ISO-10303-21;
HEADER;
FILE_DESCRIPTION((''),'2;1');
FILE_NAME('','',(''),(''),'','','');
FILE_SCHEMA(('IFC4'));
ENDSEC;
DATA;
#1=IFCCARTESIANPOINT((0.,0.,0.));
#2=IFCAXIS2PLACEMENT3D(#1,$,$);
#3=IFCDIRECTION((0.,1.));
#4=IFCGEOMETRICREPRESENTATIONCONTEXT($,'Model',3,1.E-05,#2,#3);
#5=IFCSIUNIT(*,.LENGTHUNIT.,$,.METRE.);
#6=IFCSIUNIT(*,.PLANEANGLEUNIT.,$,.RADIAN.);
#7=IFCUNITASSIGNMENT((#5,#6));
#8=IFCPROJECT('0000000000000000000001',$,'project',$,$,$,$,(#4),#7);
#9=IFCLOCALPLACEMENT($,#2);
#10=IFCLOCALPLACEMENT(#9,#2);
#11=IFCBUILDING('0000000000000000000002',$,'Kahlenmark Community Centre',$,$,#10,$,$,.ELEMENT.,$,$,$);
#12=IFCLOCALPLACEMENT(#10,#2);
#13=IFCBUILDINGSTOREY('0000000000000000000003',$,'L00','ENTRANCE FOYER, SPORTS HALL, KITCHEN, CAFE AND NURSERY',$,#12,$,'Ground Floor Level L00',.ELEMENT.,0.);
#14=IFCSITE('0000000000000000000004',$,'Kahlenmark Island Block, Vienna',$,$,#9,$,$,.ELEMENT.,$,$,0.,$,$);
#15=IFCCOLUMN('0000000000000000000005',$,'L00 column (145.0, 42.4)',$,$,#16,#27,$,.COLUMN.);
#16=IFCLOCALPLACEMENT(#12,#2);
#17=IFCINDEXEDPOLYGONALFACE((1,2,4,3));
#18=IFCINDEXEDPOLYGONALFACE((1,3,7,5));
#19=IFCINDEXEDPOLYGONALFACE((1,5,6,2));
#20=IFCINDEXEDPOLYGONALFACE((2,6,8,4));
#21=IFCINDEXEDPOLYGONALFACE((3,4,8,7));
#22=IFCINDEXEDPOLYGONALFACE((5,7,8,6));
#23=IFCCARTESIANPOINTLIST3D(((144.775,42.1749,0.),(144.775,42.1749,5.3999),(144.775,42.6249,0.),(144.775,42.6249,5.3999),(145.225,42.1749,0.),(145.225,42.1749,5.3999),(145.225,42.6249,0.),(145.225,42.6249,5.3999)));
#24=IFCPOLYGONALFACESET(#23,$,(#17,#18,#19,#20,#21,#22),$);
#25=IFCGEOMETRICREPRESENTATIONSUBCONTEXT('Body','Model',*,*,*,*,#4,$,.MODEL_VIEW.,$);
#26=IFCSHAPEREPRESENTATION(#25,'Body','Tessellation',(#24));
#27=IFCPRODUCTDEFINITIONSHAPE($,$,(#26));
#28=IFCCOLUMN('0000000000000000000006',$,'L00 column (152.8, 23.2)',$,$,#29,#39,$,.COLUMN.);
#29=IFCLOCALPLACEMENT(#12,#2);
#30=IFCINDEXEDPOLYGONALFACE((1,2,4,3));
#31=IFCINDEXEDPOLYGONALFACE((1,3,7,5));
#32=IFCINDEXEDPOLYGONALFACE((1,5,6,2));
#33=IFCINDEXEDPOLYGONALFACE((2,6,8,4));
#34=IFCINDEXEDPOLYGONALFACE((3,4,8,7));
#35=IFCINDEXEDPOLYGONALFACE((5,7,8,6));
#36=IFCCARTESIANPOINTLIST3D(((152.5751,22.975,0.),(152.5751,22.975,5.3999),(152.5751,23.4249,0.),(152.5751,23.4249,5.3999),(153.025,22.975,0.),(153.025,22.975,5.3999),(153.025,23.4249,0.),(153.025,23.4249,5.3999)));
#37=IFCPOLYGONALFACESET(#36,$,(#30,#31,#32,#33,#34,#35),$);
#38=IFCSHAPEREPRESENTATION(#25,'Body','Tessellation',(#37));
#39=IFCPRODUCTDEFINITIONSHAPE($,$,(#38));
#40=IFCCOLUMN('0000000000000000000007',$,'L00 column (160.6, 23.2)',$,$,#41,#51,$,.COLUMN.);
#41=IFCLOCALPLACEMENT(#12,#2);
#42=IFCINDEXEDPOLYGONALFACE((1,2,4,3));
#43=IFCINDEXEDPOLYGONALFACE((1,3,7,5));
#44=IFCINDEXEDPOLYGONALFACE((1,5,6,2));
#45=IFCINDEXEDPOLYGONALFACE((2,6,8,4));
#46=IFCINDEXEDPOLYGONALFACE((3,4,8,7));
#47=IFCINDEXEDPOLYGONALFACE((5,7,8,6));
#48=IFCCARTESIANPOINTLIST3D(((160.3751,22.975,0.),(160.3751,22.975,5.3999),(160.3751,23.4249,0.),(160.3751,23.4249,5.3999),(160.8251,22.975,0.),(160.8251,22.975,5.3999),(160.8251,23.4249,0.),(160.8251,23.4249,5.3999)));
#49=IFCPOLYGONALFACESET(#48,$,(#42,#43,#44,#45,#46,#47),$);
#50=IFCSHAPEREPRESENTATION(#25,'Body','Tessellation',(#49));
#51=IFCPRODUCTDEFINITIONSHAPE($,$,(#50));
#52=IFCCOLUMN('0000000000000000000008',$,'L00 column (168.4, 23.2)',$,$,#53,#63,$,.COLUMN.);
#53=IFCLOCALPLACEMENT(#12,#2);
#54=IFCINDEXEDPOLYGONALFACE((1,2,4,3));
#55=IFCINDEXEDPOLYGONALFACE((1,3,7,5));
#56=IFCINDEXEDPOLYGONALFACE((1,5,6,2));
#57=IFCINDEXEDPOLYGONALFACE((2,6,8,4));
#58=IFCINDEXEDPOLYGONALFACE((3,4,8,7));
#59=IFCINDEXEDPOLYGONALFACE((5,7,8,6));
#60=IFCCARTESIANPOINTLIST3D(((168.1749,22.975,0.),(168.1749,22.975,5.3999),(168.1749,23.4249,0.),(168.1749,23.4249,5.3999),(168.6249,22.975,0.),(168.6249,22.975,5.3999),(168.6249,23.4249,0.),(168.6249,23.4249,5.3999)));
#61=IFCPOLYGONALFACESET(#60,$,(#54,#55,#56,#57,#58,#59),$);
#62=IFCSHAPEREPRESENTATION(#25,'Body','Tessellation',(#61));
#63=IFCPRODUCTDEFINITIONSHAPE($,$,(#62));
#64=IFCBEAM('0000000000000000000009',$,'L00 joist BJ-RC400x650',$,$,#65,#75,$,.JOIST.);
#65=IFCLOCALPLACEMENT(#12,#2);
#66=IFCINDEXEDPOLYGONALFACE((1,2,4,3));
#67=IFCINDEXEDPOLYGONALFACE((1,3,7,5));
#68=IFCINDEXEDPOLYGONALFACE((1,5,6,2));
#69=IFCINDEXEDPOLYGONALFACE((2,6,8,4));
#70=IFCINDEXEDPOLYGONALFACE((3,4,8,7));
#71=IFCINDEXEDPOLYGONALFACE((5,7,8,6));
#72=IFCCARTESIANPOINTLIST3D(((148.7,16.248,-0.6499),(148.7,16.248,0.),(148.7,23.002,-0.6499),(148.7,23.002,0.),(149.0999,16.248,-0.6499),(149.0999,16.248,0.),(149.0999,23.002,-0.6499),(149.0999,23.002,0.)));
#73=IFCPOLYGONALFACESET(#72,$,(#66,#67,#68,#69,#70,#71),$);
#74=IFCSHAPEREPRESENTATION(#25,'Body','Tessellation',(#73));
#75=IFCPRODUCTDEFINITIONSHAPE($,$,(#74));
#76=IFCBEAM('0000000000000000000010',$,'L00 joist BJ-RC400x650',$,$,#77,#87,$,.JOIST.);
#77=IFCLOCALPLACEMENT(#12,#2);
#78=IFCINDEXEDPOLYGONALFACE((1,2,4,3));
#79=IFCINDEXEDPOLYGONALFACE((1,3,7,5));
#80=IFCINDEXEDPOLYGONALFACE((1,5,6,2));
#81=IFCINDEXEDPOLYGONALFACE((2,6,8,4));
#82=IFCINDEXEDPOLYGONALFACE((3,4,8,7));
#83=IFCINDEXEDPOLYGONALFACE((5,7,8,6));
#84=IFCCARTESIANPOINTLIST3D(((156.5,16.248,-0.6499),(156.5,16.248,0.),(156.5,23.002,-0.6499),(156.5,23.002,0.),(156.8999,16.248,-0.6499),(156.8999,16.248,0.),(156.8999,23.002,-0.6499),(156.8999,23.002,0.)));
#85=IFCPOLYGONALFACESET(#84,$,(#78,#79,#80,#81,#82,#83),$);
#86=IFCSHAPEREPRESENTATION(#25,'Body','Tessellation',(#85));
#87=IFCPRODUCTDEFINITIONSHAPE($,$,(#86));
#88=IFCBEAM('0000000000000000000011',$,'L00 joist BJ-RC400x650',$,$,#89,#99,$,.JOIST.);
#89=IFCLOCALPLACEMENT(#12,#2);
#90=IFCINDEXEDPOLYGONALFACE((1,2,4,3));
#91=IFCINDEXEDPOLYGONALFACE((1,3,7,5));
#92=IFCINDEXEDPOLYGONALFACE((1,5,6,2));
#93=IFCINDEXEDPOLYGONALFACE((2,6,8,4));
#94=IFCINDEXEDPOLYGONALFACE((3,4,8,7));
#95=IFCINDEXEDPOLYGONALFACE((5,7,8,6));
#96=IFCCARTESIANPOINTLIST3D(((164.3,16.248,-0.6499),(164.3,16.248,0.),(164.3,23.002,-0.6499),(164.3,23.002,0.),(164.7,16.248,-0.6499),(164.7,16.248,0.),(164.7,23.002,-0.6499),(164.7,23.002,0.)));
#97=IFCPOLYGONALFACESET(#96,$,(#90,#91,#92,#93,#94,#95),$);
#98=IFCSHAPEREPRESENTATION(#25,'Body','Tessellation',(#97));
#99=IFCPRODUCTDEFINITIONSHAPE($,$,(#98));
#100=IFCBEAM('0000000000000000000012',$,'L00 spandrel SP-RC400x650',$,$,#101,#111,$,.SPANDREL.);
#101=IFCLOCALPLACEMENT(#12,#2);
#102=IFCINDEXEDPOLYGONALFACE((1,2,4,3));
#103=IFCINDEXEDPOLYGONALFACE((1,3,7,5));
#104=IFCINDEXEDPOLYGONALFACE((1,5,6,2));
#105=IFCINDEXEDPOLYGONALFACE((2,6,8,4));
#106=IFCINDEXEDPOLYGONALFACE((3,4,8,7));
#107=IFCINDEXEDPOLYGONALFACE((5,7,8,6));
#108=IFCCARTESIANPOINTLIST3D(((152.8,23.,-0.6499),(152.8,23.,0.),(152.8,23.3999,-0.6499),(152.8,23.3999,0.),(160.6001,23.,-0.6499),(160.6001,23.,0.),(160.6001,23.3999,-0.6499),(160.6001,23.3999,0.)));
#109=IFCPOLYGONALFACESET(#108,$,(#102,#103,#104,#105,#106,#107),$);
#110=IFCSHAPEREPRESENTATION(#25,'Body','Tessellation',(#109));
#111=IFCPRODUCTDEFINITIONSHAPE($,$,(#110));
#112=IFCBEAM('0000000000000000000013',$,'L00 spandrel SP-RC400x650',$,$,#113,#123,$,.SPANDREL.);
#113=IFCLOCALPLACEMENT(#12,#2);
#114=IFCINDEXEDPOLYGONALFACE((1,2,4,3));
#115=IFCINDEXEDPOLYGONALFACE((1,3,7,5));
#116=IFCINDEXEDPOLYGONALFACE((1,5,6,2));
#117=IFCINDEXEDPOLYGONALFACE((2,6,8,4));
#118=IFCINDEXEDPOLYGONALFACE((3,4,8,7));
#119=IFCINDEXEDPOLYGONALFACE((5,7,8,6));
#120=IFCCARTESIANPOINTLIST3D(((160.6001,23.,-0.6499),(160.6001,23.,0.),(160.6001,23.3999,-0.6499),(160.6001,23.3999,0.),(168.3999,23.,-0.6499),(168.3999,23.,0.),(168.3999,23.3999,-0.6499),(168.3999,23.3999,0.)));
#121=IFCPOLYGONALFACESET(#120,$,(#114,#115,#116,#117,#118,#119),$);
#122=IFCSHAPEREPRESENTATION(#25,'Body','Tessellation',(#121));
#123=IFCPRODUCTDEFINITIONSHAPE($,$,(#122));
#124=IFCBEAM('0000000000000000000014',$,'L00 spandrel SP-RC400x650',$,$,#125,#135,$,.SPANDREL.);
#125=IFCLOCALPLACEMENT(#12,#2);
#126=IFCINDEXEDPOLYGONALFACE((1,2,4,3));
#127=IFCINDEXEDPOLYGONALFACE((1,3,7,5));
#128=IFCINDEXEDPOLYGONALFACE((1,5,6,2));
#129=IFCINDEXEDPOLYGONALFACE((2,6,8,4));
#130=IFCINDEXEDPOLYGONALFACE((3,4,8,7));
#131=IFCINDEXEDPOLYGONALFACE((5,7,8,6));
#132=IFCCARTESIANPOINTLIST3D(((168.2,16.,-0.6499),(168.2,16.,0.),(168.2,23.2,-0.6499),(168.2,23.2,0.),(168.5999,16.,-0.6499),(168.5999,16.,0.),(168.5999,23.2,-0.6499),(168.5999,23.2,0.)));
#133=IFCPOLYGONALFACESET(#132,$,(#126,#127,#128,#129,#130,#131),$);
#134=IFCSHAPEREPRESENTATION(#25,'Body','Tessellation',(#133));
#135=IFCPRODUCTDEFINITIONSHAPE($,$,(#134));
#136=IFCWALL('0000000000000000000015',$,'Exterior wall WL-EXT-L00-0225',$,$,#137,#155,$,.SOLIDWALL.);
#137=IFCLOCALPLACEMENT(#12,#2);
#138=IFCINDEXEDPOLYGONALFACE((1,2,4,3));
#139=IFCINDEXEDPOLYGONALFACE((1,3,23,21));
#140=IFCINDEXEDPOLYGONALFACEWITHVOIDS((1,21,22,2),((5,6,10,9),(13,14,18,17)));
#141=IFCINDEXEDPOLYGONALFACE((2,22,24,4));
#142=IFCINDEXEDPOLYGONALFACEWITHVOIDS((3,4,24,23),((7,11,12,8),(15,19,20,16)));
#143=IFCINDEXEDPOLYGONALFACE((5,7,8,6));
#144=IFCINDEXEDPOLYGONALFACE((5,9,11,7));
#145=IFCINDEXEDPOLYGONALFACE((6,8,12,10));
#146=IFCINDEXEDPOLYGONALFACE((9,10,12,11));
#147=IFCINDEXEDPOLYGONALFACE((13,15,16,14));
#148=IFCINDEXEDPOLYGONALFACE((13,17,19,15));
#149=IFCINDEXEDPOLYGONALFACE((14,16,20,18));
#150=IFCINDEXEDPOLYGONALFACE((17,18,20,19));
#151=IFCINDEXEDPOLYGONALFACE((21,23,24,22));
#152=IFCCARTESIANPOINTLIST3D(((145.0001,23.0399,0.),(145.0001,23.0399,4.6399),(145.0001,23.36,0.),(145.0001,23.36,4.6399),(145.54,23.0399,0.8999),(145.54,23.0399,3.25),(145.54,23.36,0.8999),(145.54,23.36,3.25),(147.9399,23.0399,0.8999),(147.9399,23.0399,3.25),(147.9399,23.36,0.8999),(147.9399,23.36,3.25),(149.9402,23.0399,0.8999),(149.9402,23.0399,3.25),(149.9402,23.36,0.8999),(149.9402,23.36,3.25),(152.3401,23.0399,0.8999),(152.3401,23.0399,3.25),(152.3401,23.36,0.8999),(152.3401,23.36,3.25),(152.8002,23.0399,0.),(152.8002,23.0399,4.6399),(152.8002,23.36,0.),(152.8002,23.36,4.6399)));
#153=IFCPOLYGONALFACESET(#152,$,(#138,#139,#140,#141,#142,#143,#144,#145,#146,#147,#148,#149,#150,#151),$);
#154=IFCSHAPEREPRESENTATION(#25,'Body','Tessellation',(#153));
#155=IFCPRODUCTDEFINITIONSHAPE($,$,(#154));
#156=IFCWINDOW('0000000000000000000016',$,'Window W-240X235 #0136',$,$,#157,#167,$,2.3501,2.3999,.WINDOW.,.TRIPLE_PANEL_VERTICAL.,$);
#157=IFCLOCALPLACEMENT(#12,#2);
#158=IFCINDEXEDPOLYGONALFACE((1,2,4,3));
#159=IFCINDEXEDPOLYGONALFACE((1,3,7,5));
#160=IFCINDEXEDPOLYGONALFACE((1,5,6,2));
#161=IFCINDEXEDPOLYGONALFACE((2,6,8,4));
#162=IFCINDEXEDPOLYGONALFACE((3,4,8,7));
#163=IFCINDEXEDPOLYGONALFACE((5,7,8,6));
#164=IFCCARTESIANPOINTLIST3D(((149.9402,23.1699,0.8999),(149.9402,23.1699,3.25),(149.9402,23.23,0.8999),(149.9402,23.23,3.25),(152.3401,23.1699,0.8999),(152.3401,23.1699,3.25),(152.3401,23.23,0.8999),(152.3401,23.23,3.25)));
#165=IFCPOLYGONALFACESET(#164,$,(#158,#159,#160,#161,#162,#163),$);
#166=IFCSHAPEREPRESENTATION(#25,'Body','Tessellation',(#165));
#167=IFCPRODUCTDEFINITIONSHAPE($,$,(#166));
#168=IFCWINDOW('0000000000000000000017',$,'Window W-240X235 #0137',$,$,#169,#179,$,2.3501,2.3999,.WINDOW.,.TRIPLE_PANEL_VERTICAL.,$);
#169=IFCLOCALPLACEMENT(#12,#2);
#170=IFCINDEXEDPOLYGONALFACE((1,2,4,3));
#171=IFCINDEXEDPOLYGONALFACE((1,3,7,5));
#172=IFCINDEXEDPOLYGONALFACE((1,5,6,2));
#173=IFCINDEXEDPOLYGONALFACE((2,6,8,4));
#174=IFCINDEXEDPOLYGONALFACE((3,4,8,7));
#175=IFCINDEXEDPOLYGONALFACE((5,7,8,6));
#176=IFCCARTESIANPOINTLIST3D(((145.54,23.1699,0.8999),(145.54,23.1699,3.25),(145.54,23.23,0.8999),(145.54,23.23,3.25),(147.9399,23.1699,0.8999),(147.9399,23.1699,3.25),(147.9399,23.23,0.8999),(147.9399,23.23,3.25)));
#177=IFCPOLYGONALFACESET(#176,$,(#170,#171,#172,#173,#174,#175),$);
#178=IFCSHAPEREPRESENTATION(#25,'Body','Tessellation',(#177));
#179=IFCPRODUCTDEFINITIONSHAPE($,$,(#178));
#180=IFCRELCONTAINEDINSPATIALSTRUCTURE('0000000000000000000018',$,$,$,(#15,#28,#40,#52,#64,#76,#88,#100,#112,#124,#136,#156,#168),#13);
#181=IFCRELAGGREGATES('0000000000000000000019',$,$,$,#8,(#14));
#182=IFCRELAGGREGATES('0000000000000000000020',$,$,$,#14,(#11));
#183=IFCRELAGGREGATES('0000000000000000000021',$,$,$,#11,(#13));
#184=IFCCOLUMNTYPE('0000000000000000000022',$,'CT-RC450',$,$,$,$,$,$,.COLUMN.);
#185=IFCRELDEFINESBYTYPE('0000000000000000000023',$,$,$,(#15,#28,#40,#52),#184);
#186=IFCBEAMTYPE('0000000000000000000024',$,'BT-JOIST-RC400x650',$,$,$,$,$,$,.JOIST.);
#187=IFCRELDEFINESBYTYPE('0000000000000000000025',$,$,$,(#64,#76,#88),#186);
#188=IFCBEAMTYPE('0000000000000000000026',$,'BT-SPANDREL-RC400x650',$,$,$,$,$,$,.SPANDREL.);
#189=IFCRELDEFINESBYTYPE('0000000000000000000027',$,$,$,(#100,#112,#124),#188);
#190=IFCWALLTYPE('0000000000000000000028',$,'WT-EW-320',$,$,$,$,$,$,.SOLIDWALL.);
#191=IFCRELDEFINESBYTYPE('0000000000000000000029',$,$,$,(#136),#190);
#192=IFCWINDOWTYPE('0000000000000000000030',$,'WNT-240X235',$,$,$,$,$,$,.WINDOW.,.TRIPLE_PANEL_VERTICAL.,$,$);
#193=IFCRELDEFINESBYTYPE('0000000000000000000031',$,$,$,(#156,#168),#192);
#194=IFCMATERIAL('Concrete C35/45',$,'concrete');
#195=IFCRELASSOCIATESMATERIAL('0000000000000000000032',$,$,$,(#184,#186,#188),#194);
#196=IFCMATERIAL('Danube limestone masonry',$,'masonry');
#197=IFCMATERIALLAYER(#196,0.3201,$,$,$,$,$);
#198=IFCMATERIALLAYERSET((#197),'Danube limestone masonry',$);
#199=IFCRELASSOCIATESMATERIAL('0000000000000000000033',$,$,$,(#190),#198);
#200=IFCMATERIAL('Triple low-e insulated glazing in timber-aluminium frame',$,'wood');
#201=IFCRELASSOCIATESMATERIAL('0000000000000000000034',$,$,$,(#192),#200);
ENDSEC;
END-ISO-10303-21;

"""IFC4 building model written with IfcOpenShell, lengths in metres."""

from ifc_helpers import new_model, si_unit, direction, frame, frame_2d, origin, origin_2d, place, context, subcontext, project, spatial, rectangle, extrude, material, layer, layer_set, material_profile, profile_set, type_object, element, fill, save


model = new_model("IFC4")

# Units and contexts
model_context = context("Model", 3, precision=1e-05, world=origin(), true_north=direction((0.0, 1.0)))
body_context = subcontext(model_context, "Body", "Model", "MODEL_VIEW")
ifc_project = project(units=[si_unit("LENGTHUNIT", "METRE"), si_unit("PLANEANGLEUNIT", "RADIAN")], contexts=[model_context])

# Site, building, storey
site_placement = place(None, origin())
site = spatial("IfcSite", under=ifc_project, at=site_placement, Name="Kahlenmark Island Block, Vienna", CompositionType="ELEMENT", RefElevation=0.0)
building_placement = place(site_placement, origin())
building = spatial("IfcBuilding", under=site, at=building_placement, Name="Kahlenmark Community Centre", CompositionType="ELEMENT")
storey_placement = place(building_placement, origin())
storey = spatial("IfcBuildingStorey", under=building, at=storey_placement, Name="L00", Description="ENTRANCE FOYER, SPORTS HALL, KITCHEN, CAFE AND NURSERY", LongName="Ground Floor Level L00", CompositionType="ELEMENT", Elevation=0.0)

# Columns
ifc_material_1 = material(Name="Concrete C35/45", Category="concrete")
ifc_material_profile_1 = material_profile(ifc_material_1, rectangle(XDim=0.45, YDim=0.45, at=origin_2d()), Name="RC 450x450")
ifc_profile_set_1 = profile_set([ifc_material_profile_1], Name="Concrete C35/45")
column_type = type_object("IfcColumnType", Name="CT-RC450", PredefinedType="COLUMN", material=ifc_profile_set_1)
for number, where, z_axis, x_axis, name in (
    (1, (145.0, 42.3999, 0.0), (0.0, 0.0, 1.0), (1.0, 0.0, 0.0), "L00 column (145.0, 42.4)"),
    (2, (152.8, 23.2, 0.0), (0.0, 0.0, 1.0), (1.0, 0.0, 0.0), "L00 column (152.8, 23.2)"),
    (3, (160.6001, 23.2, 0.0), (0.0, 0.0, 1.0), (1.0, 0.0, 0.0), "L00 column (160.6, 23.2)"),
    (4, (168.3999, 23.2, 0.0), (0.0, 0.0, 1.0), (1.0, 0.0, 0.0), "L00 column (168.4, 23.2)"),
):
    element("IfcColumn", number, at=place(storey_placement, frame(where, z_axis=z_axis, x_axis=x_axis)), inside=storey, type_object=column_type, Name=name, PredefinedType="COLUMN", context=body_context, shape_type="SweptSolid", body=[
        extrude(rectangle(XDim=0.45, YDim=0.45, at=origin_2d()), origin(), (0.0, 0.0, 1.0), 5.3999),
    ])

# Beams
ifc_material_profile_2 = material_profile(ifc_material_1, rectangle(XDim=0.3999, YDim=0.6499, at=origin_2d()), Name="RC 400x650")
ifc_profile_set_2 = profile_set([ifc_material_profile_2], Name="Concrete C35/45")
beam_type_1 = type_object("IfcBeamType", Name="BT-JOIST-RC400x650", PredefinedType="JOIST", material=ifc_profile_set_2)
for number, where, z_axis, x_axis, name in (
    (5, (148.8999, 16.248, -0.325), (0.0, 1.0, 0.0), (-1.0, 0.0, 0.0), "L00 joist BJ-RC400x650"),
    (6, (156.7, 16.248, -0.325), (0.0, 1.0, 0.0), (-1.0, 0.0, 0.0), "L00 joist BJ-RC400x650"),
    (7, (164.5, 16.248, -0.325), (0.0, 1.0, 0.0), (-1.0, 0.0, 0.0), "L00 joist BJ-RC400x650"),
):
    element("IfcBeam", number, at=place(storey_placement, frame(where, z_axis=z_axis, x_axis=x_axis)), inside=storey, type_object=beam_type_1, Name=name, PredefinedType="JOIST", context=body_context, shape_type="SweptSolid", body=[
        extrude(rectangle(XDim=0.3999, YDim=0.6499, at=origin_2d()), origin(), (0.0, 0.0, 1.0), 6.7539),
    ])
ifc_material_profile_3 = material_profile(ifc_material_1, rectangle(XDim=0.3999, YDim=0.6499, at=origin_2d()), Name="RC 400x650")
ifc_profile_set_3 = profile_set([ifc_material_profile_3], Name="Concrete C35/45")
beam_type_2 = type_object("IfcBeamType", Name="BT-SPANDREL-RC400x650", PredefinedType="SPANDREL", material=ifc_profile_set_3)
beam_1_placement = place(storey_placement, frame((152.8, 23.2, -0.325), z_axis=(1.0, 0.0, 0.0), x_axis=(0.0, 1.0, 0.0)))
element("IfcBeam", 8, at=beam_1_placement, inside=storey, type_object=beam_type_2, Name="L00 spandrel SP-RC400x650", PredefinedType="SPANDREL", context=body_context, shape_type="SweptSolid", body=[
    extrude(rectangle(XDim=0.3999, YDim=0.6499, at=origin_2d()), origin(), (0.0, 0.0, 1.0), 7.8),
])
beam_2_placement = place(storey_placement, frame((160.6001, 23.2, -0.325), z_axis=(1.0, 0.0, 0.0), x_axis=(0.0, 1.0, 0.0)))
element("IfcBeam", 9, at=beam_2_placement, inside=storey, type_object=beam_type_2, Name="L00 spandrel SP-RC400x650", PredefinedType="SPANDREL", context=body_context, shape_type="SweptSolid", body=[
    extrude(rectangle(XDim=0.3999, YDim=0.6499, at=origin_2d()), origin(), (0.0, 0.0, 1.0), 7.7998),
])
beam_3_placement = place(storey_placement, frame((168.3999, 16.0, -0.325), z_axis=(0.0, 1.0, 0.0), x_axis=(-1.0, 0.0, 0.0)))
element("IfcBeam", 10, at=beam_3_placement, inside=storey, type_object=beam_type_2, Name="L00 spandrel SP-RC400x650", PredefinedType="SPANDREL", context=body_context, shape_type="SweptSolid", body=[
    extrude(rectangle(XDim=0.3999, YDim=0.6499, at=origin_2d()), origin(), (0.0, 0.0, 1.0), 7.2),
])

# Wall, openings, windows
ifc_material_2 = material(Name="Danube limestone masonry", Category="masonry")
ifc_layer = layer(ifc_material_2, 0.3201)
ifc_layer_set = layer_set([ifc_layer], Name="Danube limestone masonry")
wall_type = type_object("IfcWallType", Name="WT-EW-320", PredefinedType="SOLIDWALL", material=ifc_layer_set)
wall_1_placement = place(storey_placement, frame((152.8, 23.2, 0.0), z_axis=(0.0, 0.0, 1.0), x_axis=(-1.0, 0.0, 0.0)))
wall_1 = element("IfcWall", 11, at=wall_1_placement, inside=storey, type_object=wall_type, Name="Exterior wall WL-EXT-L00-0225", PredefinedType="SOLIDWALL", context=body_context, shape_type="SweptSolid", body=[
    extrude(rectangle(XDim=7.8, YDim=0.3201, at=frame_2d((3.8999, 0.0))), origin(), (0.0, 0.0, 1.0), 4.6399),
])
opening_1_placement = place(wall_1_placement, frame((0.46, 0.0, 0.8999)))
opening_1 = element("IfcOpeningElement", 12, at=opening_1_placement, cuts=wall_1, PredefinedType="OPENING", context=body_context, shape_type="SweptSolid", body=[
    extrude(rectangle(XDim=2.3999, YDim=2.3501, at=frame_2d((1.2, 1.175))), frame((0.0, 0.1699, 0.0), z_axis=(0.0, -1.0, 0.0), x_axis=(1.0, 0.0, 0.0)), (0.0, 0.0, 1.0), 0.3401),
])
opening_2_placement = place(wall_1_placement, frame((4.8601, 0.0, 0.8999)))
opening_2 = element("IfcOpeningElement", 13, at=opening_2_placement, cuts=wall_1, PredefinedType="OPENING", context=body_context, shape_type="SweptSolid", body=[
    extrude(rectangle(XDim=2.3999, YDim=2.3501, at=frame_2d((1.2, 1.175))), frame((0.0, 0.1699, 0.0), z_axis=(0.0, -1.0, 0.0), x_axis=(1.0, 0.0, 0.0)), (0.0, 0.0, 1.0), 0.3401),
])
ifc_material_3 = material(Name="Triple low-e insulated glazing in timber-aluminium frame", Category="wood")
window_type_1 = type_object("IfcWindowType", Name="WNT-240X235", PartitioningType="TRIPLE_PANEL_VERTICAL", PredefinedType="WINDOW", material=ifc_material_3)
window_1_placement = place(opening_1_placement, origin())
window_1 = element("IfcWindow", 14, at=window_1_placement, inside=storey, type_object=window_type_1, Name="Window W-240X235 #0136", OverallHeight=2.3501, OverallWidth=2.3999, PartitioningType="TRIPLE_PANEL_VERTICAL", PredefinedType="WINDOW", context=body_context, shape_type="SweptSolid", body=[
    extrude(rectangle(XDim=2.3999, YDim=2.3501, at=frame_2d((1.2, 1.175))), frame((0.0, 0.03, 0.0), z_axis=(0.0, -1.0, 0.0), x_axis=(1.0, 0.0, 0.0)), (0.0, 0.0, 1.0), 0.0601),
])
fill(opening_1, window_1)
window_2_placement = place(opening_2_placement, origin())
window_2 = element("IfcWindow", 15, at=window_2_placement, inside=storey, type_object=window_type_1, Name="Window W-240X235 #0137", OverallHeight=2.3501, OverallWidth=2.3999, PartitioningType="TRIPLE_PANEL_VERTICAL", PredefinedType="WINDOW", context=body_context, shape_type="SweptSolid", body=[
    extrude(rectangle(XDim=2.3999, YDim=2.3501, at=frame_2d((1.2, 1.175))), frame((0.0, 0.03, 0.0), z_axis=(0.0, -1.0, 0.0), x_axis=(1.0, 0.0, 0.0)), (0.0, 0.0, 1.0), 0.0601),
])
fill(opening_2, window_2)

save(model, "model.ifc")
